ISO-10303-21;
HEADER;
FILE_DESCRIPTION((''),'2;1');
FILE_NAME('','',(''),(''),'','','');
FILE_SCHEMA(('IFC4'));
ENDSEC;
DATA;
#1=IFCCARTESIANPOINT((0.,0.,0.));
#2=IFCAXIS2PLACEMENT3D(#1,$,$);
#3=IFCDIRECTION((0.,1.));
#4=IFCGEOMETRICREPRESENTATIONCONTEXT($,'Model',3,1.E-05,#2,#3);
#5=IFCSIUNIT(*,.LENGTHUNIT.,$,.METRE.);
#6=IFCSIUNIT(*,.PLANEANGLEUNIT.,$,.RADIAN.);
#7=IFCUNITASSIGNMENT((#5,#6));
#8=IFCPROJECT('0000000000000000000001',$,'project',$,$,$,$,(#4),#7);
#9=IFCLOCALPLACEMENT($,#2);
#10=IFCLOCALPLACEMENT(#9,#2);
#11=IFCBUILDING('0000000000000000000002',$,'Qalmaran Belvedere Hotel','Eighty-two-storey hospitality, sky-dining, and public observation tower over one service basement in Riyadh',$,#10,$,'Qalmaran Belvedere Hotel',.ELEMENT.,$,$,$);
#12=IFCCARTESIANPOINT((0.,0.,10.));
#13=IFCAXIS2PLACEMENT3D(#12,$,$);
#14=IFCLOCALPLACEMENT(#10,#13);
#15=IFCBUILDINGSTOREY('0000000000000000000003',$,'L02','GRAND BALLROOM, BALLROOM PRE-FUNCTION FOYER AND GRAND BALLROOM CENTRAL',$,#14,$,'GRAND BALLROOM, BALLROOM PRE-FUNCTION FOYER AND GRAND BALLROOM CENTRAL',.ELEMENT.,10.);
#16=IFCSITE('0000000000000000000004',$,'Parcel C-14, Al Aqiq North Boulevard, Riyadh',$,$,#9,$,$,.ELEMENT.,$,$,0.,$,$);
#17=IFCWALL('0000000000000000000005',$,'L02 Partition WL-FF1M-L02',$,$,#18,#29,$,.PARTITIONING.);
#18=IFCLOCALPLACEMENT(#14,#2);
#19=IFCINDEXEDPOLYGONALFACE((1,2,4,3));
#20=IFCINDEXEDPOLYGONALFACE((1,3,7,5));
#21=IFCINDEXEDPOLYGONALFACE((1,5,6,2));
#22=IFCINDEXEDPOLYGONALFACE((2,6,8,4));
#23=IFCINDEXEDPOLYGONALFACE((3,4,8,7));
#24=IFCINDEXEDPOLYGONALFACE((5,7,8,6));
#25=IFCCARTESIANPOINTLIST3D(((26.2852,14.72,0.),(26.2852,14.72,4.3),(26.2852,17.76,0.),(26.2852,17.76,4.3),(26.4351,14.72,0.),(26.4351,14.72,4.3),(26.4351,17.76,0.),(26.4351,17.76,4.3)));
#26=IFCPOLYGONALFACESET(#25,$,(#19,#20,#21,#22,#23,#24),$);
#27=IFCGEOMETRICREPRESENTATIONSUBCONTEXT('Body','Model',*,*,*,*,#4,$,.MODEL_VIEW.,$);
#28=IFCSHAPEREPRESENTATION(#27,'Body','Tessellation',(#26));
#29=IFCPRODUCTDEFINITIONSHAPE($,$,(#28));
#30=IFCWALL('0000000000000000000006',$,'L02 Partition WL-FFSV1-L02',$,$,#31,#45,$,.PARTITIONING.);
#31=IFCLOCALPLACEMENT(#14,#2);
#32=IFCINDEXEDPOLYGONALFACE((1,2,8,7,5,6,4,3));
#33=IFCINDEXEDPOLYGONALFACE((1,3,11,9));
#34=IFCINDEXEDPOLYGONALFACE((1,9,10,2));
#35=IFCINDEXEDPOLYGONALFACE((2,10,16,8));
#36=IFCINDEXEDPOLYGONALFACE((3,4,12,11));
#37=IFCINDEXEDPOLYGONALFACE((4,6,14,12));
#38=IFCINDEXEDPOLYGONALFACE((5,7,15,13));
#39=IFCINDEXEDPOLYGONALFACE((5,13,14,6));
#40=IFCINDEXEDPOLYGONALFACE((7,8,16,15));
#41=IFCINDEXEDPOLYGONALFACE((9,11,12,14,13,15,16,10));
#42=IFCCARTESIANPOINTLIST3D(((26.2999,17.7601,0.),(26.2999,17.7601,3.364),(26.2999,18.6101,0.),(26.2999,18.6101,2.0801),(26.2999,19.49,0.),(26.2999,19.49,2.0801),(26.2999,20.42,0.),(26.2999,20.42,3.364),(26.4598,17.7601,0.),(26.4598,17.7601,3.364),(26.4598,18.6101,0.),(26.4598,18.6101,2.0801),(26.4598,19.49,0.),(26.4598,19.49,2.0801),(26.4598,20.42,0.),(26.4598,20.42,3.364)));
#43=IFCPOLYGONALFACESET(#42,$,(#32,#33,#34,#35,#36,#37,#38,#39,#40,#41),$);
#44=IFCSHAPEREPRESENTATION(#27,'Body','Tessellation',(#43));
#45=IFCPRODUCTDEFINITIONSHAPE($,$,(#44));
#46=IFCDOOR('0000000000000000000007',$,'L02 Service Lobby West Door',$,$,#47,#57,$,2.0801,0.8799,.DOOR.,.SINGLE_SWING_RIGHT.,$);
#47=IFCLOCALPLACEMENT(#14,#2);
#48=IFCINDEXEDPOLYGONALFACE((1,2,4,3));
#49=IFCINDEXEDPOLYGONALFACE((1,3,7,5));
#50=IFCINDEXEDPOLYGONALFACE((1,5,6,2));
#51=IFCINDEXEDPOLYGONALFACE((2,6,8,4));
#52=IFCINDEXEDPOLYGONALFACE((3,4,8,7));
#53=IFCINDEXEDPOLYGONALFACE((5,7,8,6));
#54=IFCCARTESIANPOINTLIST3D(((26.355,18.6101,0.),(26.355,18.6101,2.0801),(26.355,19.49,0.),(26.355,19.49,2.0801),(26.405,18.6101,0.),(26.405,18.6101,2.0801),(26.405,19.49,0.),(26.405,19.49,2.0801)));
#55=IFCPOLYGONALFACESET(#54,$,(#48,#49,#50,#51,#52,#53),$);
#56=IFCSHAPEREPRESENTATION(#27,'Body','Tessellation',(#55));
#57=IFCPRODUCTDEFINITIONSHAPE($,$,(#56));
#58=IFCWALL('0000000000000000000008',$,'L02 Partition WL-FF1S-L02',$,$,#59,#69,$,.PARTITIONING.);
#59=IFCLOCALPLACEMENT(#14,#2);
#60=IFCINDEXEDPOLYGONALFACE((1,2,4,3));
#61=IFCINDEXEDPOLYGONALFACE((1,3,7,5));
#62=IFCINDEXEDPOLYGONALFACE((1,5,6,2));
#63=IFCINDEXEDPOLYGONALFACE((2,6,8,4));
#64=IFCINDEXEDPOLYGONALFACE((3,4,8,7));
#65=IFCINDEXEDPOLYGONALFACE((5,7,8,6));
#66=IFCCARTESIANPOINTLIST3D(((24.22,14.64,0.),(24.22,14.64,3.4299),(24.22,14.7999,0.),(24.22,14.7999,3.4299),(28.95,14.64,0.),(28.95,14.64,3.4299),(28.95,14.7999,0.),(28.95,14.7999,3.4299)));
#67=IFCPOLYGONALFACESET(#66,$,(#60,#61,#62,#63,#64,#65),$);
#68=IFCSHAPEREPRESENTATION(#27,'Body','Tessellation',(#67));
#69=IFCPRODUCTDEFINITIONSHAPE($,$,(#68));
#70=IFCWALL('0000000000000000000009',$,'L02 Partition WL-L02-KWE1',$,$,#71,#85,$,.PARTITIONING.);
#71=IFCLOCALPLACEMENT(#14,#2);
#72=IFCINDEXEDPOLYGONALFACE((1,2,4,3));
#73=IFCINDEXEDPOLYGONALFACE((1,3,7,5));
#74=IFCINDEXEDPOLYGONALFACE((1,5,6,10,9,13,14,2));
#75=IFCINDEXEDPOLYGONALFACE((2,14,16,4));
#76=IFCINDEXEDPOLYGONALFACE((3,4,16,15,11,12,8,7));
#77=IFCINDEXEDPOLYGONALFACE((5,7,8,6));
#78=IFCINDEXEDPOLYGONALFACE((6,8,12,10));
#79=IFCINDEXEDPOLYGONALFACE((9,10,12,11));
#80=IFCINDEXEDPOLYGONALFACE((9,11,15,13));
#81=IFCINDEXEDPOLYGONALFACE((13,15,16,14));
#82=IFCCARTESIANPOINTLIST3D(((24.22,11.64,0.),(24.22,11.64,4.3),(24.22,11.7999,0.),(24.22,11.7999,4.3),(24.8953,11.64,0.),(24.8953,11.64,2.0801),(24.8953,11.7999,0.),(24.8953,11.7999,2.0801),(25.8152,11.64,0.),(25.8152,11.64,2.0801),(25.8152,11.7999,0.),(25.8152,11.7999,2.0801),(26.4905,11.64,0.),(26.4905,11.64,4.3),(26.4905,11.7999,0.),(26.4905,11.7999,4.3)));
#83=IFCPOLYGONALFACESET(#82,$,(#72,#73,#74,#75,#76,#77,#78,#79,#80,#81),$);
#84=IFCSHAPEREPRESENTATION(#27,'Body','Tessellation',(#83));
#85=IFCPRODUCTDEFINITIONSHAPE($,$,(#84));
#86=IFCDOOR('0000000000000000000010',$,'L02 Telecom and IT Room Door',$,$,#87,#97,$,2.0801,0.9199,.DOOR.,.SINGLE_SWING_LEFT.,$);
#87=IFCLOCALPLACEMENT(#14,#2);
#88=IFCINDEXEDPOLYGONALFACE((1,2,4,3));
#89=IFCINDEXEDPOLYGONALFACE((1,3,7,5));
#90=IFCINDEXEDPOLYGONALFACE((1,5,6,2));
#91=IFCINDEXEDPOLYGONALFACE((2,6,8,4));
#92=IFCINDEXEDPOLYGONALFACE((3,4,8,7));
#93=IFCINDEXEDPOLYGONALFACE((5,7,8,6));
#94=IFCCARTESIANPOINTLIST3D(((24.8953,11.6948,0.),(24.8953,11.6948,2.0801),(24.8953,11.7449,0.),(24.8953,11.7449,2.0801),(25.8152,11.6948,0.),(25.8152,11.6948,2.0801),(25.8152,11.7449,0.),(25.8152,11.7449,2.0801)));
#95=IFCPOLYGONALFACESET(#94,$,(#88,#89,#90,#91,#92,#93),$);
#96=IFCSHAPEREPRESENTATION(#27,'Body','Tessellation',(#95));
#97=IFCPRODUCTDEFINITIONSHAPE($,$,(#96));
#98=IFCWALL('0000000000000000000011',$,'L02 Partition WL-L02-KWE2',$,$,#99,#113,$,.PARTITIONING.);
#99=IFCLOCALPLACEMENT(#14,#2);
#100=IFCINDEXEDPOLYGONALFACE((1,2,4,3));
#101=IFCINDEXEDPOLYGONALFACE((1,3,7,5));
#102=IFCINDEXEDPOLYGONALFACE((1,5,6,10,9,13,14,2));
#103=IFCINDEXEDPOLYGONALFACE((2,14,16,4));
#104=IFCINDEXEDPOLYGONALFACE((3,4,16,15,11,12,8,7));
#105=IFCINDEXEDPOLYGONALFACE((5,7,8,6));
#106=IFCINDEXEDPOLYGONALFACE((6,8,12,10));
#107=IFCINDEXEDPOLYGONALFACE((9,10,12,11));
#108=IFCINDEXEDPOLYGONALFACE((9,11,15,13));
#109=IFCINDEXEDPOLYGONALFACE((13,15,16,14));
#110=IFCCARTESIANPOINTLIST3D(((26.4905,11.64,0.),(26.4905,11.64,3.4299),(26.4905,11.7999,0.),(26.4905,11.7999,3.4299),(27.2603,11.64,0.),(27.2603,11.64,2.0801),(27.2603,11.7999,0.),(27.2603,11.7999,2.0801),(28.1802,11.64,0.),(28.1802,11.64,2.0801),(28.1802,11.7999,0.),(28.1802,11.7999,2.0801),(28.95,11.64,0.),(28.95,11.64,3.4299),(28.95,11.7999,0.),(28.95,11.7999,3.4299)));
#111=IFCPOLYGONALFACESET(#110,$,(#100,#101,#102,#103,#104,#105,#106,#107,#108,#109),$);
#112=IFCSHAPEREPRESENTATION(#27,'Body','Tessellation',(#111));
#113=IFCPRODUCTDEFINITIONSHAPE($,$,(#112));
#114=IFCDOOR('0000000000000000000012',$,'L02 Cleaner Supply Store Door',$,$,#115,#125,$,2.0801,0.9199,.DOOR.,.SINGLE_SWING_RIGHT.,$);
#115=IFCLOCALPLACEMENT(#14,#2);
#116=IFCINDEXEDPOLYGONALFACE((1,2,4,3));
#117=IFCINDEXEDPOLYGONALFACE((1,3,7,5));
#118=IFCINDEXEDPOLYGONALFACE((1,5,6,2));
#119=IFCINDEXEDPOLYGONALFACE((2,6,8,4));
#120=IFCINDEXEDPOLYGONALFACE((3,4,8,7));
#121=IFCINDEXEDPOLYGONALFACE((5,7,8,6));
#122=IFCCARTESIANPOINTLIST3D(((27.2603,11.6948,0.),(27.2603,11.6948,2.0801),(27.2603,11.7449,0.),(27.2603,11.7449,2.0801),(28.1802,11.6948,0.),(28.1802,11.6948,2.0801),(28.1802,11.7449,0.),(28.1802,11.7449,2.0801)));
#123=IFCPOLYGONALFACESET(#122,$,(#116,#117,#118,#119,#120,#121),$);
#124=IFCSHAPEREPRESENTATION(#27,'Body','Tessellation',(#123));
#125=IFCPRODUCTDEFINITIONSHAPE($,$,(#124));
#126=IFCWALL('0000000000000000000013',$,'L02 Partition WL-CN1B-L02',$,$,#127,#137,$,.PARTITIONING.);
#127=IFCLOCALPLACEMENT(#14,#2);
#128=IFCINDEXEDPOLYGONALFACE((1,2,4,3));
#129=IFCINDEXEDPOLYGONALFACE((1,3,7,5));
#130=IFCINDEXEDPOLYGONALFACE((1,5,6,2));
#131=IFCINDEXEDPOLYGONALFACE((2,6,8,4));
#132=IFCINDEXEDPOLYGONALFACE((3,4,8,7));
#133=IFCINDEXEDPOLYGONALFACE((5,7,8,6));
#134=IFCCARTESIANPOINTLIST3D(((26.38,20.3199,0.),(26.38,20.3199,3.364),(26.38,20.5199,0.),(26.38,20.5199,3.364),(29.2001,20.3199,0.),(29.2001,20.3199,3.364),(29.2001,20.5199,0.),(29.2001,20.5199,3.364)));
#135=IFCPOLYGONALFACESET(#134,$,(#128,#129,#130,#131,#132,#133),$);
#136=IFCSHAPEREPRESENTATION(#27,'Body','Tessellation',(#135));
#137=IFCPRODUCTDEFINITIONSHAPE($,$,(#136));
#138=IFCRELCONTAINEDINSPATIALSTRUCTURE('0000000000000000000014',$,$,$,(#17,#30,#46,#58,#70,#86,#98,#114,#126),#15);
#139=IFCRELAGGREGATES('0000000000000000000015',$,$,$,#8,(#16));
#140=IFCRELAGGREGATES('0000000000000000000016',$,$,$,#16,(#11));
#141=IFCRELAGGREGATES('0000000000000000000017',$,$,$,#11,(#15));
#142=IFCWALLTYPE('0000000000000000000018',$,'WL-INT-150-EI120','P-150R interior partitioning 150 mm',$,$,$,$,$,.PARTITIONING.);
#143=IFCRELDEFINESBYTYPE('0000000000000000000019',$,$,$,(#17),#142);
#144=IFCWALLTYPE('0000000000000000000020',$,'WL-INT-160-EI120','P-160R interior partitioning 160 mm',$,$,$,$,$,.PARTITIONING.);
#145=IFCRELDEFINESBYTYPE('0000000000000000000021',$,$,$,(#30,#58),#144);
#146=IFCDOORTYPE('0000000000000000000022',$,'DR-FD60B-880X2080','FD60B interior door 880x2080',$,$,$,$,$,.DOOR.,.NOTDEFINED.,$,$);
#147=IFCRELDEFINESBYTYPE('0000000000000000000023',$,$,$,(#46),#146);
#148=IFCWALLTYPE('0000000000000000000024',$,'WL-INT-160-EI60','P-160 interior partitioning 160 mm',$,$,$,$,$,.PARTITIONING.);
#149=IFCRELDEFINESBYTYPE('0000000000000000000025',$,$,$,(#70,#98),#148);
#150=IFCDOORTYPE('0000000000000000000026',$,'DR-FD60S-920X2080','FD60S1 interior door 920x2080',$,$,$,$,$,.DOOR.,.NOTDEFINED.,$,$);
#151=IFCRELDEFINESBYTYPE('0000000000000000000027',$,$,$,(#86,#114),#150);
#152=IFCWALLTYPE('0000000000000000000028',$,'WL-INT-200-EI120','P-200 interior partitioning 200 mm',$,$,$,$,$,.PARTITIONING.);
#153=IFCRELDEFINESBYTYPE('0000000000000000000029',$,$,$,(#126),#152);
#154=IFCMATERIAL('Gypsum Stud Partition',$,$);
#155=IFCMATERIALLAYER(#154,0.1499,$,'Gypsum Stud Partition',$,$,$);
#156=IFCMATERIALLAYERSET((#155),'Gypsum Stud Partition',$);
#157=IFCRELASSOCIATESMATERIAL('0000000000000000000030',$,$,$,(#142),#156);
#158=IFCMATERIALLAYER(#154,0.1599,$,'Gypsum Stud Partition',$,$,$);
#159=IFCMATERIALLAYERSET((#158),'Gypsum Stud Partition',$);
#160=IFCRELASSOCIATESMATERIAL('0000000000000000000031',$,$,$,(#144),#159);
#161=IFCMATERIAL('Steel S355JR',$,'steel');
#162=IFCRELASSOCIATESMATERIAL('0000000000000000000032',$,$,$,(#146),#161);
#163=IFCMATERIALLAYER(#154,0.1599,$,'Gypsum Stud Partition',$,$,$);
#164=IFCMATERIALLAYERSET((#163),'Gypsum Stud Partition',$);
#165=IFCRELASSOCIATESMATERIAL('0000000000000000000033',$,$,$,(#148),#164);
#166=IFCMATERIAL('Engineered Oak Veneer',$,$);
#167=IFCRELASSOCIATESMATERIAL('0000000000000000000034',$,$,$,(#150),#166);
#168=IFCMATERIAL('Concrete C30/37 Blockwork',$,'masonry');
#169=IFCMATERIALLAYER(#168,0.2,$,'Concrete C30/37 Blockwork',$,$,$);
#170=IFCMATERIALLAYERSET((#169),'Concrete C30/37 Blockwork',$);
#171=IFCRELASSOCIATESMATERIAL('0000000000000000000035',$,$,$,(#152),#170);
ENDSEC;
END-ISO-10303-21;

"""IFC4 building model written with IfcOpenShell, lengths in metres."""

from ifc_helpers import new_model, si_unit, direction, frame, frame_2d, origin, place, context, subcontext, project, spatial, rectangle, extrude, material, layer, layer_set, type_object, element, fill, save


model = new_model("IFC4")

# Units and contexts
model_context = context("Model", 3, precision=1e-05, world=origin(), true_north=direction((0.0, 1.0)))
body_context = subcontext(model_context, "Body", "Model", "MODEL_VIEW")
ifc_project = project(units=[si_unit("LENGTHUNIT", "METRE"), si_unit("PLANEANGLEUNIT", "RADIAN")], contexts=[model_context])

# Site, building, storey
site_placement = place(None, origin())
site = spatial("IfcSite", under=ifc_project, at=site_placement, Name="Parcel C-14, Al Aqiq North Boulevard, Riyadh", CompositionType="ELEMENT", RefElevation=0.0)
building_placement = place(site_placement, origin())
building = spatial("IfcBuilding", under=site, at=building_placement, Name="Qalmaran Belvedere Hotel", Description="Eighty-two-storey hospitality, sky-dining, and public observation tower over one service basement in Riyadh", LongName="Qalmaran Belvedere Hotel", CompositionType="ELEMENT")
storey_placement = place(building_placement, frame((0.0, 0.0, 10.0)))
storey = spatial("IfcBuildingStorey", under=building, at=storey_placement, Name="L02", Description="GRAND BALLROOM, BALLROOM PRE-FUNCTION FOYER AND GRAND BALLROOM CENTRAL", LongName="GRAND BALLROOM, BALLROOM PRE-FUNCTION FOYER AND GRAND BALLROOM CENTRAL", CompositionType="ELEMENT", Elevation=10.0)

# Shared definitions
ifc_material_1 = material(Name="Steel S355JR", Category="steel")

# Wall
ifc_material_2 = material(Name="Gypsum Stud Partition")
ifc_layer_1 = layer(ifc_material_2, 0.1499, Name="Gypsum Stud Partition")
ifc_layer_set_1 = layer_set([ifc_layer_1], Name="Gypsum Stud Partition")
wall_type_1 = type_object("IfcWallType", Name="WL-INT-150-EI120", Description="P-150R interior partitioning 150 mm", PredefinedType="PARTITIONING", material=ifc_layer_set_1)
wall_1_placement = place(storey_placement, frame((26.3601, 14.72, 0.0), z_axis=(0.0, 0.0, 1.0), x_axis=(0.0, 1.0, 0.0)))
element("IfcWall", 1, at=wall_1_placement, inside=storey, type_object=wall_type_1, Name="L02 Partition WL-FF1M-L02", PredefinedType="PARTITIONING", context=body_context, shape_type="SweptSolid", body=[
    extrude(rectangle(XDim=3.04, YDim=0.1499, at=frame_2d((1.52, 0.0))), origin(), (0.0, 0.0, 1.0), 4.3),
])

# Wall, opening, door
ifc_layer_2 = layer(ifc_material_2, 0.1599, Name="Gypsum Stud Partition")
ifc_layer_set_2 = layer_set([ifc_layer_2], Name="Gypsum Stud Partition")
wall_type_2 = type_object("IfcWallType", Name="WL-INT-160-EI120", Description="P-160R interior partitioning 160 mm", PredefinedType="PARTITIONING", material=ifc_layer_set_2)
wall_2_placement = place(storey_placement, frame((26.3799, 17.76, 0.0), z_axis=(0.0, 0.0, 1.0), x_axis=(0.0, 1.0, 0.0)))
wall_2 = element("IfcWall", 2, at=wall_2_placement, inside=storey, type_object=wall_type_2, Name="L02 Partition WL-FFSV1-L02", PredefinedType="PARTITIONING", context=body_context, shape_type="SweptSolid", body=[
    extrude(rectangle(XDim=2.6599, YDim=0.1599, at=frame_2d((1.3301, 0.0))), origin(), (0.0, 0.0, 1.0), 3.364),
])
opening_1_placement = place(wall_2_placement, frame((0.8501, 0.0, 0.0)))
opening_1 = element("IfcOpeningElement", 3, at=opening_1_placement, cuts=wall_2, PredefinedType="OPENING", context=body_context, shape_type="SweptSolid", body=[
    extrude(rectangle(XDim=0.8799, YDim=2.0801, at=frame_2d((0.4399, 1.04))), frame((0.0, 0.0898, 0.0), z_axis=(0.0, -1.0, 0.0), x_axis=(1.0, 0.0, 0.0)), (0.0, 0.0, 1.0), 0.1799),
])
door_type_1 = type_object("IfcDoorType", Name="DR-FD60B-880X2080", Description="FD60B interior door 880x2080", OperationType="NOTDEFINED", PredefinedType="DOOR", material=ifc_material_1)
door_1_placement = place(opening_1_placement, origin())
door_1 = element("IfcDoor", 4, at=door_1_placement, inside=storey, type_object=door_type_1, Name="L02 Service Lobby West Door", OperationType="SINGLE_SWING_RIGHT", OverallHeight=2.0801, OverallWidth=0.8799, PredefinedType="DOOR", context=body_context, shape_type="SweptSolid", body=[
    extrude(rectangle(XDim=0.8799, YDim=2.0801, at=frame_2d((0.4399, 1.04))), frame((0.0, 0.0249, 0.0), z_axis=(0.0, -1.0, 0.0), x_axis=(1.0, 0.0, 0.0)), (0.0, 0.0, 1.0), 0.05),
])
fill(opening_1, door_1)

# Wall
wall_3_placement = place(storey_placement, frame((24.22, 14.72, 0.0), z_axis=(0.0, 0.0, 1.0), x_axis=(1.0, 0.0, 0.0)))
element("IfcWall", 5, at=wall_3_placement, inside=storey, type_object=wall_type_2, Name="L02 Partition WL-FF1S-L02", PredefinedType="PARTITIONING", context=body_context, shape_type="SweptSolid", body=[
    extrude(rectangle(XDim=4.73, YDim=0.1599, at=frame_2d((2.365, 0.0))), origin(), (0.0, 0.0, 1.0), 3.4299),
])

# Walls, openings, doors
ifc_layer_3 = layer(ifc_material_2, 0.1599, Name="Gypsum Stud Partition")
ifc_layer_set_3 = layer_set([ifc_layer_3], Name="Gypsum Stud Partition")
wall_type_3 = type_object("IfcWallType", Name="WL-INT-160-EI60", Description="P-160 interior partitioning 160 mm", PredefinedType="PARTITIONING", material=ifc_layer_set_3)
wall_4_placement = place(storey_placement, frame((24.22, 11.72, 0.0), z_axis=(0.0, 0.0, 1.0), x_axis=(1.0, 0.0, 0.0)))
wall_4 = element("IfcWall", 6, at=wall_4_placement, inside=storey, type_object=wall_type_3, Name="L02 Partition WL-L02-KWE1", PredefinedType="PARTITIONING", context=body_context, shape_type="SweptSolid", body=[
    extrude(rectangle(XDim=2.2705, YDim=0.1599, at=frame_2d((1.1353, 0.0))), origin(), (0.0, 0.0, 1.0), 4.3),
])
opening_2_placement = place(wall_4_placement, frame((0.6753, 0.0, 0.0)))
opening_2 = element("IfcOpeningElement", 7, at=opening_2_placement, cuts=wall_4, PredefinedType="OPENING", context=body_context, shape_type="SweptSolid", body=[
    extrude(rectangle(XDim=0.9199, YDim=2.0801, at=frame_2d((0.46, 1.04))), frame((0.0, 0.0898, 0.0), z_axis=(0.0, -1.0, 0.0), x_axis=(1.0, 0.0, 0.0)), (0.0, 0.0, 1.0), 0.1799),
])
ifc_material_3 = material(Name="Engineered Oak Veneer")
door_type_2 = type_object("IfcDoorType", Name="DR-FD60S-920X2080", Description="FD60S1 interior door 920x2080", OperationType="NOTDEFINED", PredefinedType="DOOR", material=ifc_material_3)
door_2_placement = place(opening_2_placement, origin())
door_2 = element("IfcDoor", 8, at=door_2_placement, inside=storey, type_object=door_type_2, Name="L02 Telecom and IT Room Door", OperationType="SINGLE_SWING_LEFT", OverallHeight=2.0801, OverallWidth=0.9199, PredefinedType="DOOR", context=body_context, shape_type="SweptSolid", body=[
    extrude(rectangle(XDim=0.9199, YDim=2.0801, at=frame_2d((0.46, 1.04))), frame((0.0, 0.0249, 0.0), z_axis=(0.0, -1.0, 0.0), x_axis=(1.0, 0.0, 0.0)), (0.0, 0.0, 1.0), 0.05),
])
fill(opening_2, door_2)
wall_5_placement = place(storey_placement, frame((26.4905, 11.72, 0.0), z_axis=(0.0, 0.0, 1.0), x_axis=(1.0, 0.0, 0.0)))
wall_5 = element("IfcWall", 9, at=wall_5_placement, inside=storey, type_object=wall_type_3, Name="L02 Partition WL-L02-KWE2", PredefinedType="PARTITIONING", context=body_context, shape_type="SweptSolid", body=[
    extrude(rectangle(XDim=2.4595, YDim=0.1599, at=frame_2d((1.2297, 0.0))), origin(), (0.0, 0.0, 1.0), 3.4299),
])
opening_3_placement = place(wall_5_placement, frame((0.7698, 0.0, 0.0)))
opening_3 = element("IfcOpeningElement", 10, at=opening_3_placement, cuts=wall_5, PredefinedType="OPENING", context=body_context, shape_type="SweptSolid", body=[
    extrude(rectangle(XDim=0.9199, YDim=2.0801, at=frame_2d((0.46, 1.04))), frame((0.0, 0.0898, 0.0), z_axis=(0.0, -1.0, 0.0), x_axis=(1.0, 0.0, 0.0)), (0.0, 0.0, 1.0), 0.1799),
])
door_3_placement = place(opening_3_placement, origin())
door_3 = element("IfcDoor", 11, at=door_3_placement, inside=storey, type_object=door_type_2, Name="L02 Cleaner Supply Store Door", OperationType="SINGLE_SWING_RIGHT", OverallHeight=2.0801, OverallWidth=0.9199, PredefinedType="DOOR", context=body_context, shape_type="SweptSolid", body=[
    extrude(rectangle(XDim=0.9199, YDim=2.0801, at=frame_2d((0.46, 1.04))), frame((0.0, 0.0249, 0.0), z_axis=(0.0, -1.0, 0.0), x_axis=(1.0, 0.0, 0.0)), (0.0, 0.0, 1.0), 0.05),
])
fill(opening_3, door_3)
ifc_material_4 = material(Name="Concrete C30/37 Blockwork", Category="masonry")
ifc_layer_4 = layer(ifc_material_4, 0.2, Name="Concrete C30/37 Blockwork")
ifc_layer_set_4 = layer_set([ifc_layer_4], Name="Concrete C30/37 Blockwork")
wall_type_4 = type_object("IfcWallType", Name="WL-INT-200-EI120", Description="P-200 interior partitioning 200 mm", PredefinedType="PARTITIONING", material=ifc_layer_set_4)

# Wall
wall_6_placement = place(storey_placement, frame((26.3799, 20.4199, 0.0), z_axis=(0.0, 0.0, 1.0), x_axis=(1.0, 0.0, 0.0)))
element("IfcWall", 12, at=wall_6_placement, inside=storey, type_object=wall_type_4, Name="L02 Partition WL-CN1B-L02", PredefinedType="PARTITIONING", context=body_context, shape_type="SweptSolid", body=[
    extrude(rectangle(XDim=2.8201, YDim=0.2, at=frame_2d((1.4102, 0.0))), origin(), (0.0, 0.0, 1.0), 3.364),
])

save(model, "model.ifc")
